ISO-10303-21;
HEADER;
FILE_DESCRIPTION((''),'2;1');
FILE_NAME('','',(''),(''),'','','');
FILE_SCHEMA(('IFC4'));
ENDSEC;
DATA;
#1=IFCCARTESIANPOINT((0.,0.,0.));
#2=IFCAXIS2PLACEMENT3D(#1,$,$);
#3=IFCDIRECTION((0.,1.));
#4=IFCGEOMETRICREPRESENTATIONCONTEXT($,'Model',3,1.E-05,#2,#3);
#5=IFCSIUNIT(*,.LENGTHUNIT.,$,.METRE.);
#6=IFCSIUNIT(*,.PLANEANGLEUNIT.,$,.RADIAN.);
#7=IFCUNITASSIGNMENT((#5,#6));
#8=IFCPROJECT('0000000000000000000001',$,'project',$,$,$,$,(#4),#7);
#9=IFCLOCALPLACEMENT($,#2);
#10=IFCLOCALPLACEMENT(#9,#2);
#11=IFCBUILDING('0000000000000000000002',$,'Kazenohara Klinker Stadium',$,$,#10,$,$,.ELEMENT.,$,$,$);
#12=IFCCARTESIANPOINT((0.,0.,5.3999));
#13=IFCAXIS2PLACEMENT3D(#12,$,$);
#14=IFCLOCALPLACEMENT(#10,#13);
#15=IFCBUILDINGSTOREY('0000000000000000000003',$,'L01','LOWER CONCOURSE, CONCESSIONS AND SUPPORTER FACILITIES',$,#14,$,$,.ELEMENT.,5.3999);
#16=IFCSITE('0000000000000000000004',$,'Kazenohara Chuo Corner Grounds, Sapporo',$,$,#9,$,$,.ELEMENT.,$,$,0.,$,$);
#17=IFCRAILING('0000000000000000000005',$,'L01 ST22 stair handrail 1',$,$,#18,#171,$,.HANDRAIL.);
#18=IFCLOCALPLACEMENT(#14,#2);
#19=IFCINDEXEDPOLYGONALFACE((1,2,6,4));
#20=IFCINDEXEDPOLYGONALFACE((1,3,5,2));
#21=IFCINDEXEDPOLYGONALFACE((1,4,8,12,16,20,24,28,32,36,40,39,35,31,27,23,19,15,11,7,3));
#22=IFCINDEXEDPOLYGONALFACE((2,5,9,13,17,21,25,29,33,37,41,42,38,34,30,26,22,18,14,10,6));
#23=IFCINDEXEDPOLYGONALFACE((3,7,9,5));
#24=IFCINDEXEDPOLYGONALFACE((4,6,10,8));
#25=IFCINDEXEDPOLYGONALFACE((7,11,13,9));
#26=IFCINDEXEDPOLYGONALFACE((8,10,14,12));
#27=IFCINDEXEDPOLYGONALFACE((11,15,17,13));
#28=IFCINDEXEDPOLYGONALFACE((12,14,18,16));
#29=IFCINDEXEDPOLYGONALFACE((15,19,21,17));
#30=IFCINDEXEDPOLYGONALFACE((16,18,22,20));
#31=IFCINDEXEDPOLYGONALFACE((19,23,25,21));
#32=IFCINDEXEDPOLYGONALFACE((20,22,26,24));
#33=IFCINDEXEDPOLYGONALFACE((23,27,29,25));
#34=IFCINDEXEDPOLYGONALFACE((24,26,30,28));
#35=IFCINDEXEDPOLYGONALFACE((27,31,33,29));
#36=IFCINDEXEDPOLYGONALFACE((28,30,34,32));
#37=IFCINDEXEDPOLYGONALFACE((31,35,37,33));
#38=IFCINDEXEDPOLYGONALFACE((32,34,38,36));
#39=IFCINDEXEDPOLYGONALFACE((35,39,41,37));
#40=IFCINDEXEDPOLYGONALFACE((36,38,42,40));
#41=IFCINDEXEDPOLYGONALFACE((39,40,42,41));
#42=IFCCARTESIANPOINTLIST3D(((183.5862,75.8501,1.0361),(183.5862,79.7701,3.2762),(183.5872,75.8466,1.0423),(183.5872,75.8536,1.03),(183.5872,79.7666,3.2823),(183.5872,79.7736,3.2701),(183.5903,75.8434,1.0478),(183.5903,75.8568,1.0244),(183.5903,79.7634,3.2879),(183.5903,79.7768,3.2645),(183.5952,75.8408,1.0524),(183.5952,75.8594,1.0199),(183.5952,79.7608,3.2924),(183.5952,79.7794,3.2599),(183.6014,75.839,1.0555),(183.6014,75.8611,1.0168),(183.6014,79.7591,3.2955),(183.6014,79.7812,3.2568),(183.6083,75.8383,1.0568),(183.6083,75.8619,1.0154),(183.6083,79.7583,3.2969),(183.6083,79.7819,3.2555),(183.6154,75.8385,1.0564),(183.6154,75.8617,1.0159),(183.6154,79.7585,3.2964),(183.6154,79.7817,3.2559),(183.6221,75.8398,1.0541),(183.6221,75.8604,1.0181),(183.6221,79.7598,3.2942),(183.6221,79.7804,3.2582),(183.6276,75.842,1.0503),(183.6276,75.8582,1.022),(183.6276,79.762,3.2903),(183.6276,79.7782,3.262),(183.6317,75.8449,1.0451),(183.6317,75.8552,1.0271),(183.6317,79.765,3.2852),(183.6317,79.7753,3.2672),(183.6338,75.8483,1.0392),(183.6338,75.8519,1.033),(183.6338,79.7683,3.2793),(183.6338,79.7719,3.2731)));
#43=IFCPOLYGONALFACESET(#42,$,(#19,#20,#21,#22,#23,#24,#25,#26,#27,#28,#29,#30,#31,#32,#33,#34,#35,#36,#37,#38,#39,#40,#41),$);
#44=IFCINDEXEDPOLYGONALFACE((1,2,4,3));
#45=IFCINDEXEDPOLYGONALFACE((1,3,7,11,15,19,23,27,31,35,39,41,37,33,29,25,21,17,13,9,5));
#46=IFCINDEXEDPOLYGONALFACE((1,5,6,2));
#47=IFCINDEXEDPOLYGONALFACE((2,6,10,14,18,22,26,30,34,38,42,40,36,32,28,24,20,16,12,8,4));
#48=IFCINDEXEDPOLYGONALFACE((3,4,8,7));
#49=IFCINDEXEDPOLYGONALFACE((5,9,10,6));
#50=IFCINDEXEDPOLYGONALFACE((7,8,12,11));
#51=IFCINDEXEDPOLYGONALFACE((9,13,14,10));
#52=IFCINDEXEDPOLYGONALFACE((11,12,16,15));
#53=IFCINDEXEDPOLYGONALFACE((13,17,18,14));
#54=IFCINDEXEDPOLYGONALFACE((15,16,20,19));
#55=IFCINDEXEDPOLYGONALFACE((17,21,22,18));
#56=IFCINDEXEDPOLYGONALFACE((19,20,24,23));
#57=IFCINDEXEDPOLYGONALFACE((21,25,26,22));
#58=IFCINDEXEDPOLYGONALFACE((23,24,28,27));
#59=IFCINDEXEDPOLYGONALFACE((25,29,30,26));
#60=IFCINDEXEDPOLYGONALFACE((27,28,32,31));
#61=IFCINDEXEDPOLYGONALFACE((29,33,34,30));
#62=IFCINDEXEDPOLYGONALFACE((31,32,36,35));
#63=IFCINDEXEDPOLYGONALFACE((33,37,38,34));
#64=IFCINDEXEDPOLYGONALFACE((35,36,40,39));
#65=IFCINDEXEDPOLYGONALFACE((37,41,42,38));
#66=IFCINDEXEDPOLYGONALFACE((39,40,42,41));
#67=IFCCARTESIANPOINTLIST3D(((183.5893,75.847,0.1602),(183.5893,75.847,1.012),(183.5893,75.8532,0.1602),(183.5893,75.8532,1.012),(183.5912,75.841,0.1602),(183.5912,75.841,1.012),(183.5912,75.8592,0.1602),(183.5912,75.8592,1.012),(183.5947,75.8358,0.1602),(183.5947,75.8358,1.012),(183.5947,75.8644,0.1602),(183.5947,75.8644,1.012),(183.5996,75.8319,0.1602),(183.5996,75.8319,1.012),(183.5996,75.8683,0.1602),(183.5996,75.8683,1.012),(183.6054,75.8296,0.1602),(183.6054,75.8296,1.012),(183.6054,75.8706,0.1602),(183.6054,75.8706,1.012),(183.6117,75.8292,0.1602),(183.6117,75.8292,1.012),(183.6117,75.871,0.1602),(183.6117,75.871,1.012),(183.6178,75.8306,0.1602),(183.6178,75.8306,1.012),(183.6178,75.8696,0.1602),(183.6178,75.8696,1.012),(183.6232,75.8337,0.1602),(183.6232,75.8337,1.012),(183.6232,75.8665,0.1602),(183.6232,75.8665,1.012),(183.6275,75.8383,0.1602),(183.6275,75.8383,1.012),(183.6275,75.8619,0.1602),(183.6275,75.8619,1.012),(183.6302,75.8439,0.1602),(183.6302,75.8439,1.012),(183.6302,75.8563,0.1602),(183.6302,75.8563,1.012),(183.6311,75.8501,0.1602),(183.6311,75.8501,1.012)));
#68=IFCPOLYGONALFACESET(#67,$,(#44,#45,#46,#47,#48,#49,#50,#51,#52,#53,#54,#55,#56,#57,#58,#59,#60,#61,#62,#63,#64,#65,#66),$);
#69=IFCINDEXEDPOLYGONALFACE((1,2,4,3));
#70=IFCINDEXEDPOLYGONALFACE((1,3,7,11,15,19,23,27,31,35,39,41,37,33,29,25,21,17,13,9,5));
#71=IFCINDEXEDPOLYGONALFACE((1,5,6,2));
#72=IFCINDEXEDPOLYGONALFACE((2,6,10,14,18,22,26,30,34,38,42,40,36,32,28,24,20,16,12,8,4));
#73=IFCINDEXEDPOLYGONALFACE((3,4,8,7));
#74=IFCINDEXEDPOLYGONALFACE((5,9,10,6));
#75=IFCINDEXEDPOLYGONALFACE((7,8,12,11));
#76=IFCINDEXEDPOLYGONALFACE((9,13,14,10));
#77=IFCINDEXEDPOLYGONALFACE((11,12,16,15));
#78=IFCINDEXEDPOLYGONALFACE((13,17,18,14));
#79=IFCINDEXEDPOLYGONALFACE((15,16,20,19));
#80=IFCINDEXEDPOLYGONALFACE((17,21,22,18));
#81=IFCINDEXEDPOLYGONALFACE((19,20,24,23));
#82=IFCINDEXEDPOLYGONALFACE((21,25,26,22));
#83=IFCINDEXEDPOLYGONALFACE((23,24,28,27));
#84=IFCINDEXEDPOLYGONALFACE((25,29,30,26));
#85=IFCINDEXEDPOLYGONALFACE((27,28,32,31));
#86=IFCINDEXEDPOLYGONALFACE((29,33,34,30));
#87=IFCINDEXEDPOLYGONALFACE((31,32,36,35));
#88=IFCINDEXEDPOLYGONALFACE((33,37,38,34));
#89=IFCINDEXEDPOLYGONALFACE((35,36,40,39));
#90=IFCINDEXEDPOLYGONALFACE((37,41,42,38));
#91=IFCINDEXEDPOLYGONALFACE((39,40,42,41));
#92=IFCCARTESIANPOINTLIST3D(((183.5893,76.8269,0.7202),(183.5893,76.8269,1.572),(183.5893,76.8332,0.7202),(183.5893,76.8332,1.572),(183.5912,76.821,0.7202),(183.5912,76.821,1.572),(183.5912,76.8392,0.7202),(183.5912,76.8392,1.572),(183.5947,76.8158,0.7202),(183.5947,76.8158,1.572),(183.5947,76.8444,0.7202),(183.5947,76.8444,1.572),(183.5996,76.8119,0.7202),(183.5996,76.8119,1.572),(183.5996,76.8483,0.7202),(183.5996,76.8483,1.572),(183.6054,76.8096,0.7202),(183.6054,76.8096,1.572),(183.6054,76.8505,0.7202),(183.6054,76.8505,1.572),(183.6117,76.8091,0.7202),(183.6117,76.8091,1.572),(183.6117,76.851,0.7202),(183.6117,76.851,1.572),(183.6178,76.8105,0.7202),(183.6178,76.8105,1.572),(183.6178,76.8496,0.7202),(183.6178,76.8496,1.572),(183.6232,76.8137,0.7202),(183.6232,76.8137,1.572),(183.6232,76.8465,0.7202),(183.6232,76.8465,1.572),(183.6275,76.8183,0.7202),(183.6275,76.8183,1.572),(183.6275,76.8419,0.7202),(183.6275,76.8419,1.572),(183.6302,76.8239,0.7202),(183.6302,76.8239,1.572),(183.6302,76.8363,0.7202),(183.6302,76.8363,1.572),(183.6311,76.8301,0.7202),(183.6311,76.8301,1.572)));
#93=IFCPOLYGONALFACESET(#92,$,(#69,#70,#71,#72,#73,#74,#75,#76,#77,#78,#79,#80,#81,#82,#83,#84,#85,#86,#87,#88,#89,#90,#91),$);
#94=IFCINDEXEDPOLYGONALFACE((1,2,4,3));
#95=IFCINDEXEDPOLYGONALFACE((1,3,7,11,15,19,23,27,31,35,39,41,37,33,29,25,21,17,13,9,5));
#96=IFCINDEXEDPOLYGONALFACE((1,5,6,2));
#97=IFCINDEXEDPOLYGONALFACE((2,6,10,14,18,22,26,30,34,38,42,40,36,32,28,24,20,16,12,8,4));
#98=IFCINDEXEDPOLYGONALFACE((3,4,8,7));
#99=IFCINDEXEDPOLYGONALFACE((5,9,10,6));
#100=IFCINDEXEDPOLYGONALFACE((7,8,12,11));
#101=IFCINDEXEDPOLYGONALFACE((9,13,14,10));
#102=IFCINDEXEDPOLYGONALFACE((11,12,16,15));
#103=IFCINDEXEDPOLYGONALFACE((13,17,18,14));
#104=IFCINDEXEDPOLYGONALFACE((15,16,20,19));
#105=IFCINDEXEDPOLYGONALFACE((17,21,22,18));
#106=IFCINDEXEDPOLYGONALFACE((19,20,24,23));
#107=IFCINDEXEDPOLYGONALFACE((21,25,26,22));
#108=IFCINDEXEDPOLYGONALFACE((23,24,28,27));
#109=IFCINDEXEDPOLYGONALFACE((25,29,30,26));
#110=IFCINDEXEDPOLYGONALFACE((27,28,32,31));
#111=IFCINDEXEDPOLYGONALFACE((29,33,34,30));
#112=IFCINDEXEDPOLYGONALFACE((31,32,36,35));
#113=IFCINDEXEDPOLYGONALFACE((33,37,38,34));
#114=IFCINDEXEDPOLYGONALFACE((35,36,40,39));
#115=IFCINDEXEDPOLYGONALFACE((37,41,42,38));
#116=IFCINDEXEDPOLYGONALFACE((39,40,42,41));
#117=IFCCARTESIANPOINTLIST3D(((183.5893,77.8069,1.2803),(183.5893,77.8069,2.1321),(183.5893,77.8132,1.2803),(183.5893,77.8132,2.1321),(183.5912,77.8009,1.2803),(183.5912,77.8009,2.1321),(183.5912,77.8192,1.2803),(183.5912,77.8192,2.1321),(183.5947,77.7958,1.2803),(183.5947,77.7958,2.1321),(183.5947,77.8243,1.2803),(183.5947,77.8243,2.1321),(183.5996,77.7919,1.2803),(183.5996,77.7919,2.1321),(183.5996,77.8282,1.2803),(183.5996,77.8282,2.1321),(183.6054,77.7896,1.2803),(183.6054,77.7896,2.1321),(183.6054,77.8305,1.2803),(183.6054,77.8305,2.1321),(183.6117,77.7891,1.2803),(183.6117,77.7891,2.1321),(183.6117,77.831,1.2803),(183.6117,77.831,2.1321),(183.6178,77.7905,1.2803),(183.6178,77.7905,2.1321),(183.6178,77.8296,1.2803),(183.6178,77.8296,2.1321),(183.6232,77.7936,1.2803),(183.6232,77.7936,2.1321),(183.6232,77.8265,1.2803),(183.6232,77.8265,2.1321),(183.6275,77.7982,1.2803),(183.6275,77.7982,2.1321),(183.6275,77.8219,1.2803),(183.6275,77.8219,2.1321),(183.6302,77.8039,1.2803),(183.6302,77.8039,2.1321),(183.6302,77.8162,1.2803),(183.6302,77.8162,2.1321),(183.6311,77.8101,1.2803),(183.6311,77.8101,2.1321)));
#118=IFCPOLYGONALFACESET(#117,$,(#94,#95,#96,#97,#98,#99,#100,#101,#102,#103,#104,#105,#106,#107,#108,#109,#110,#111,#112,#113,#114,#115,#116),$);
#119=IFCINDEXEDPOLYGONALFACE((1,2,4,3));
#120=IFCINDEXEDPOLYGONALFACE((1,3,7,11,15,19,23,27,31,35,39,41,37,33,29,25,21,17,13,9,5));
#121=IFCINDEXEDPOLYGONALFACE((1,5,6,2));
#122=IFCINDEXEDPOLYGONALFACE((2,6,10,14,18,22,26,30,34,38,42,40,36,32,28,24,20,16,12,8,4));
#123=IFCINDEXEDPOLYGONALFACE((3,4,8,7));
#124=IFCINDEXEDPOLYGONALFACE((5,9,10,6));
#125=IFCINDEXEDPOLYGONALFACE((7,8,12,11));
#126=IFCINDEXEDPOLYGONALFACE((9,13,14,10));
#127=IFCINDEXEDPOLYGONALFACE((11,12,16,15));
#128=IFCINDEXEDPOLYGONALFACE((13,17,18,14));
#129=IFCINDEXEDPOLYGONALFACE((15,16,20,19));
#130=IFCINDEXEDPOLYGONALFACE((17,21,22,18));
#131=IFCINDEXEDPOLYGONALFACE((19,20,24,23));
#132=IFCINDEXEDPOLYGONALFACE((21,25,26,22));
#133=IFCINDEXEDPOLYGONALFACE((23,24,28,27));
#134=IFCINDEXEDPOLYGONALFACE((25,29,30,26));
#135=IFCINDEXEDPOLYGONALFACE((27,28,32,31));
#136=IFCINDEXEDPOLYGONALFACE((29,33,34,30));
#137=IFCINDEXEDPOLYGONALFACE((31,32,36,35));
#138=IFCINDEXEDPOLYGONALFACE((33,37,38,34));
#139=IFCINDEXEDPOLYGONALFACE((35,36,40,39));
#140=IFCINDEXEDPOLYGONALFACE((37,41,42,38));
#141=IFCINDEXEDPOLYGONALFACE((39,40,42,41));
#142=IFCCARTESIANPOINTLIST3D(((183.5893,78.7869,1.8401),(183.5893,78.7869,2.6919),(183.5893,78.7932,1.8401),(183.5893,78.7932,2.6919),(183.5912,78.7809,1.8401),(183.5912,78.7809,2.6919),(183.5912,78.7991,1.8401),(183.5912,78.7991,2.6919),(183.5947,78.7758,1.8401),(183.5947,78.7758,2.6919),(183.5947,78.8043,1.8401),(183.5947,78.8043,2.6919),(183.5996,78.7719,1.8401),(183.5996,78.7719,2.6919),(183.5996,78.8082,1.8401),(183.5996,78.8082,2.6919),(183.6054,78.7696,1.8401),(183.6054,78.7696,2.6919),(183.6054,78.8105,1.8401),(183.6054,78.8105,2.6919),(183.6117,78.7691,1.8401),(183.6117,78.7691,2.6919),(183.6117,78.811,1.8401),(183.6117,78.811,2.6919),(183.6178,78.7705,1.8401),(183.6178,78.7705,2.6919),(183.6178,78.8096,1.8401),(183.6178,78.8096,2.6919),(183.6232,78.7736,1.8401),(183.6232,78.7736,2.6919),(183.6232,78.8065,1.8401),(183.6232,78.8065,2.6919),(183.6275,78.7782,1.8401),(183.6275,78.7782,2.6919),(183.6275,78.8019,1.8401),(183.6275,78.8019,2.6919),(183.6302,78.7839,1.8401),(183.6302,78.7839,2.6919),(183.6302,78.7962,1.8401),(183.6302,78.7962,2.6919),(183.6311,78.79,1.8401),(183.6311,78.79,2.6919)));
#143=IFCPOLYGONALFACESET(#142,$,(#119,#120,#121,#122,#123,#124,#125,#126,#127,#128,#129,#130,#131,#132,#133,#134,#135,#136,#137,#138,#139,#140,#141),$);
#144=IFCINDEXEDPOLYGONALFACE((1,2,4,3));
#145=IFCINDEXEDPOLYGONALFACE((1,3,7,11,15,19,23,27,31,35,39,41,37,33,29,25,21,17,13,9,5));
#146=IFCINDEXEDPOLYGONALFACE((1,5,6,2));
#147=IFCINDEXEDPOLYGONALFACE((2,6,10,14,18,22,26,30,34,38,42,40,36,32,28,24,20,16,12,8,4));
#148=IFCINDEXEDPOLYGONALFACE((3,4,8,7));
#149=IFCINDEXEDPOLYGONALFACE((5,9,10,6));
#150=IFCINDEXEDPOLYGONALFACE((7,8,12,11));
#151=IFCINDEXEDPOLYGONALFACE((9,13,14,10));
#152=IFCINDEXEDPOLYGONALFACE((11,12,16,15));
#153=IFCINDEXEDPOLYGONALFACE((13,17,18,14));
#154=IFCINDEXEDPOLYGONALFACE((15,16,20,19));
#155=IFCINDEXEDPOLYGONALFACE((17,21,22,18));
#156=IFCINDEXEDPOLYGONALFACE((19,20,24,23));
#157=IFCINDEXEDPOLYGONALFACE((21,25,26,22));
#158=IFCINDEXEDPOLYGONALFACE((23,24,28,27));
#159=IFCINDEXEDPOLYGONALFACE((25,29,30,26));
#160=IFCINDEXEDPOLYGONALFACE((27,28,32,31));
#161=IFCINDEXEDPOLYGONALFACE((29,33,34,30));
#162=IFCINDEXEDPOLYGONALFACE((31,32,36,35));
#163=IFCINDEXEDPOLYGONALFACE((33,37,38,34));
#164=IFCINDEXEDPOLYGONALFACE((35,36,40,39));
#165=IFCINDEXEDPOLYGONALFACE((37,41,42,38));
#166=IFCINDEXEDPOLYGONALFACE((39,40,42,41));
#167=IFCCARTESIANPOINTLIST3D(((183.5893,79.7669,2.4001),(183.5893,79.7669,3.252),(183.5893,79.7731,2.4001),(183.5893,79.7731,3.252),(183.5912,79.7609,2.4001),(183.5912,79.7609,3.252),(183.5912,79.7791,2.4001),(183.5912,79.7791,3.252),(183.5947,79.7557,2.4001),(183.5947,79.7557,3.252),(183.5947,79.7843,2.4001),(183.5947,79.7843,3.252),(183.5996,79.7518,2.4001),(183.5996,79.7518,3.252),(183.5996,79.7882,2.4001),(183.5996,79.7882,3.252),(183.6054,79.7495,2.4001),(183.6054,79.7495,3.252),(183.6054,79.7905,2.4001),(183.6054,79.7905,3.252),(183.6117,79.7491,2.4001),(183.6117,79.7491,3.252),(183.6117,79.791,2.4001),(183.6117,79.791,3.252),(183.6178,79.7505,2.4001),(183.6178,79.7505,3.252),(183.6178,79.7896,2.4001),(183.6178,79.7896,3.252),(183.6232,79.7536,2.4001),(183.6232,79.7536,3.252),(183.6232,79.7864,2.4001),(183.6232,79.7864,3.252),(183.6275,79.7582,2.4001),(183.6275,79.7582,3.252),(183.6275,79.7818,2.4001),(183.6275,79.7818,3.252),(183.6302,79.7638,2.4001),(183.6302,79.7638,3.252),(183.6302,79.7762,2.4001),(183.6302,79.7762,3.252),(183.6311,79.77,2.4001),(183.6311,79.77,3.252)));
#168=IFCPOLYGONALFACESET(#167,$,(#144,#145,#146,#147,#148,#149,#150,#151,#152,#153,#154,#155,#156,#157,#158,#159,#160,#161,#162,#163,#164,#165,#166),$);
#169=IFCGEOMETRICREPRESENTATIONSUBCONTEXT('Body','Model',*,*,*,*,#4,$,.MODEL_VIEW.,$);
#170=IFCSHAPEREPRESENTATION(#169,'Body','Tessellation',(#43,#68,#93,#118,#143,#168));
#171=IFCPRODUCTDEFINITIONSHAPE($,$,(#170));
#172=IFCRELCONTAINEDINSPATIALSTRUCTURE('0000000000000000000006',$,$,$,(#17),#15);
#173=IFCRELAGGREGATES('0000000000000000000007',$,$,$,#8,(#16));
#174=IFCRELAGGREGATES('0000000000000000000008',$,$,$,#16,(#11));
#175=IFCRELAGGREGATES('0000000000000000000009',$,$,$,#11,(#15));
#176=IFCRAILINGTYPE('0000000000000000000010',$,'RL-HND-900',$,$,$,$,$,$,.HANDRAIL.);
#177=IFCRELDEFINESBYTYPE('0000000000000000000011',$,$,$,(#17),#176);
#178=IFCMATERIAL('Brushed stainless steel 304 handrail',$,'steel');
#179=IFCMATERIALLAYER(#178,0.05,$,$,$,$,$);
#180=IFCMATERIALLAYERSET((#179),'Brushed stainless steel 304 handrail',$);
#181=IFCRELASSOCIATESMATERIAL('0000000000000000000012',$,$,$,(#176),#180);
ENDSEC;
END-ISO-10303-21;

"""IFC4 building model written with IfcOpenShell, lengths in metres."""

from ifc_helpers import new_model, si_unit, direction, frame, origin, origin_2d, place, context, subcontext, project, spatial, circle, extrude, material, layer, layer_set, type_object, element, save


model = new_model("IFC4")

# Units and contexts
model_context = context("Model", 3, precision=1e-05, world=origin(), true_north=direction((0.0, 1.0)))
body_context = subcontext(model_context, "Body", "Model", "MODEL_VIEW")
ifc_project = project(units=[si_unit("LENGTHUNIT", "METRE"), si_unit("PLANEANGLEUNIT", "RADIAN")], contexts=[model_context])

# Site, building, storey
site_placement = place(None, origin())
site = spatial("IfcSite", under=ifc_project, at=site_placement, Name="Kazenohara Chuo Corner Grounds, Sapporo", CompositionType="ELEMENT", RefElevation=0.0)
building_placement = place(site_placement, origin())
building = spatial("IfcBuilding", under=site, at=building_placement, Name="Kazenohara Klinker Stadium", CompositionType="ELEMENT")
storey_placement = place(building_placement, frame((0.0, 0.0, 5.3999)))
storey = spatial("IfcBuildingStorey", under=building, at=storey_placement, Name="L01", Description="LOWER CONCOURSE, CONCESSIONS AND SUPPORTER FACILITIES", CompositionType="ELEMENT", Elevation=5.3999)

# Railing
ifc_material_1 = material(Name="Brushed stainless steel 304 handrail", Category="steel")
ifc_layer_1 = layer(ifc_material_1, 0.05)
ifc_layer_set_1 = layer_set([ifc_layer_1], Name="Brushed stainless steel 304 handrail")
railing_type_1 = type_object("IfcRailingType", Name="RL-HND-900", PredefinedType="HANDRAIL", material=ifc_layer_set_1)
railing_1_placement = place(storey_placement, frame((183.6101, 75.8501, 0.1602)))
element("IfcRailing", 1, at=railing_1_placement, inside=storey, type_object=railing_type_1, Name="L01 ST22 stair handrail 1", PredefinedType="HANDRAIL", context=body_context, shape_type="SweptSolid", body=[
    extrude(circle(Radius=0.0239, at=origin_2d()), frame((0.0, 0.0, 0.876), z_axis=(0.0, 0.86824, 0.496145), x_axis=(-1.0, 0.0, 0.0)), (0.0, 0.0, 1.0), 4.5149),
    extrude(circle(Radius=0.021, at=origin_2d()), origin(), (0.0, 0.0, 1.0), 0.8518),
    extrude(circle(Radius=0.021, at=origin_2d()), frame((0.0, 0.98, 0.5601)), (0.0, 0.0, 1.0), 0.8518),
    extrude(circle(Radius=0.021, at=origin_2d()), frame((0.0, 1.96, 1.1201)), (0.0, 0.0, 1.0), 0.8518),
    extrude(circle(Radius=0.021, at=origin_2d()), frame((0.0, 2.9399, 1.6799)), (0.0, 0.0, 1.0), 0.8518),
    extrude(circle(Radius=0.021, at=origin_2d()), frame((0.0, 3.9199, 2.24)), (0.0, 0.0, 1.0), 0.8518),
])

save(model, "model.ifc")
